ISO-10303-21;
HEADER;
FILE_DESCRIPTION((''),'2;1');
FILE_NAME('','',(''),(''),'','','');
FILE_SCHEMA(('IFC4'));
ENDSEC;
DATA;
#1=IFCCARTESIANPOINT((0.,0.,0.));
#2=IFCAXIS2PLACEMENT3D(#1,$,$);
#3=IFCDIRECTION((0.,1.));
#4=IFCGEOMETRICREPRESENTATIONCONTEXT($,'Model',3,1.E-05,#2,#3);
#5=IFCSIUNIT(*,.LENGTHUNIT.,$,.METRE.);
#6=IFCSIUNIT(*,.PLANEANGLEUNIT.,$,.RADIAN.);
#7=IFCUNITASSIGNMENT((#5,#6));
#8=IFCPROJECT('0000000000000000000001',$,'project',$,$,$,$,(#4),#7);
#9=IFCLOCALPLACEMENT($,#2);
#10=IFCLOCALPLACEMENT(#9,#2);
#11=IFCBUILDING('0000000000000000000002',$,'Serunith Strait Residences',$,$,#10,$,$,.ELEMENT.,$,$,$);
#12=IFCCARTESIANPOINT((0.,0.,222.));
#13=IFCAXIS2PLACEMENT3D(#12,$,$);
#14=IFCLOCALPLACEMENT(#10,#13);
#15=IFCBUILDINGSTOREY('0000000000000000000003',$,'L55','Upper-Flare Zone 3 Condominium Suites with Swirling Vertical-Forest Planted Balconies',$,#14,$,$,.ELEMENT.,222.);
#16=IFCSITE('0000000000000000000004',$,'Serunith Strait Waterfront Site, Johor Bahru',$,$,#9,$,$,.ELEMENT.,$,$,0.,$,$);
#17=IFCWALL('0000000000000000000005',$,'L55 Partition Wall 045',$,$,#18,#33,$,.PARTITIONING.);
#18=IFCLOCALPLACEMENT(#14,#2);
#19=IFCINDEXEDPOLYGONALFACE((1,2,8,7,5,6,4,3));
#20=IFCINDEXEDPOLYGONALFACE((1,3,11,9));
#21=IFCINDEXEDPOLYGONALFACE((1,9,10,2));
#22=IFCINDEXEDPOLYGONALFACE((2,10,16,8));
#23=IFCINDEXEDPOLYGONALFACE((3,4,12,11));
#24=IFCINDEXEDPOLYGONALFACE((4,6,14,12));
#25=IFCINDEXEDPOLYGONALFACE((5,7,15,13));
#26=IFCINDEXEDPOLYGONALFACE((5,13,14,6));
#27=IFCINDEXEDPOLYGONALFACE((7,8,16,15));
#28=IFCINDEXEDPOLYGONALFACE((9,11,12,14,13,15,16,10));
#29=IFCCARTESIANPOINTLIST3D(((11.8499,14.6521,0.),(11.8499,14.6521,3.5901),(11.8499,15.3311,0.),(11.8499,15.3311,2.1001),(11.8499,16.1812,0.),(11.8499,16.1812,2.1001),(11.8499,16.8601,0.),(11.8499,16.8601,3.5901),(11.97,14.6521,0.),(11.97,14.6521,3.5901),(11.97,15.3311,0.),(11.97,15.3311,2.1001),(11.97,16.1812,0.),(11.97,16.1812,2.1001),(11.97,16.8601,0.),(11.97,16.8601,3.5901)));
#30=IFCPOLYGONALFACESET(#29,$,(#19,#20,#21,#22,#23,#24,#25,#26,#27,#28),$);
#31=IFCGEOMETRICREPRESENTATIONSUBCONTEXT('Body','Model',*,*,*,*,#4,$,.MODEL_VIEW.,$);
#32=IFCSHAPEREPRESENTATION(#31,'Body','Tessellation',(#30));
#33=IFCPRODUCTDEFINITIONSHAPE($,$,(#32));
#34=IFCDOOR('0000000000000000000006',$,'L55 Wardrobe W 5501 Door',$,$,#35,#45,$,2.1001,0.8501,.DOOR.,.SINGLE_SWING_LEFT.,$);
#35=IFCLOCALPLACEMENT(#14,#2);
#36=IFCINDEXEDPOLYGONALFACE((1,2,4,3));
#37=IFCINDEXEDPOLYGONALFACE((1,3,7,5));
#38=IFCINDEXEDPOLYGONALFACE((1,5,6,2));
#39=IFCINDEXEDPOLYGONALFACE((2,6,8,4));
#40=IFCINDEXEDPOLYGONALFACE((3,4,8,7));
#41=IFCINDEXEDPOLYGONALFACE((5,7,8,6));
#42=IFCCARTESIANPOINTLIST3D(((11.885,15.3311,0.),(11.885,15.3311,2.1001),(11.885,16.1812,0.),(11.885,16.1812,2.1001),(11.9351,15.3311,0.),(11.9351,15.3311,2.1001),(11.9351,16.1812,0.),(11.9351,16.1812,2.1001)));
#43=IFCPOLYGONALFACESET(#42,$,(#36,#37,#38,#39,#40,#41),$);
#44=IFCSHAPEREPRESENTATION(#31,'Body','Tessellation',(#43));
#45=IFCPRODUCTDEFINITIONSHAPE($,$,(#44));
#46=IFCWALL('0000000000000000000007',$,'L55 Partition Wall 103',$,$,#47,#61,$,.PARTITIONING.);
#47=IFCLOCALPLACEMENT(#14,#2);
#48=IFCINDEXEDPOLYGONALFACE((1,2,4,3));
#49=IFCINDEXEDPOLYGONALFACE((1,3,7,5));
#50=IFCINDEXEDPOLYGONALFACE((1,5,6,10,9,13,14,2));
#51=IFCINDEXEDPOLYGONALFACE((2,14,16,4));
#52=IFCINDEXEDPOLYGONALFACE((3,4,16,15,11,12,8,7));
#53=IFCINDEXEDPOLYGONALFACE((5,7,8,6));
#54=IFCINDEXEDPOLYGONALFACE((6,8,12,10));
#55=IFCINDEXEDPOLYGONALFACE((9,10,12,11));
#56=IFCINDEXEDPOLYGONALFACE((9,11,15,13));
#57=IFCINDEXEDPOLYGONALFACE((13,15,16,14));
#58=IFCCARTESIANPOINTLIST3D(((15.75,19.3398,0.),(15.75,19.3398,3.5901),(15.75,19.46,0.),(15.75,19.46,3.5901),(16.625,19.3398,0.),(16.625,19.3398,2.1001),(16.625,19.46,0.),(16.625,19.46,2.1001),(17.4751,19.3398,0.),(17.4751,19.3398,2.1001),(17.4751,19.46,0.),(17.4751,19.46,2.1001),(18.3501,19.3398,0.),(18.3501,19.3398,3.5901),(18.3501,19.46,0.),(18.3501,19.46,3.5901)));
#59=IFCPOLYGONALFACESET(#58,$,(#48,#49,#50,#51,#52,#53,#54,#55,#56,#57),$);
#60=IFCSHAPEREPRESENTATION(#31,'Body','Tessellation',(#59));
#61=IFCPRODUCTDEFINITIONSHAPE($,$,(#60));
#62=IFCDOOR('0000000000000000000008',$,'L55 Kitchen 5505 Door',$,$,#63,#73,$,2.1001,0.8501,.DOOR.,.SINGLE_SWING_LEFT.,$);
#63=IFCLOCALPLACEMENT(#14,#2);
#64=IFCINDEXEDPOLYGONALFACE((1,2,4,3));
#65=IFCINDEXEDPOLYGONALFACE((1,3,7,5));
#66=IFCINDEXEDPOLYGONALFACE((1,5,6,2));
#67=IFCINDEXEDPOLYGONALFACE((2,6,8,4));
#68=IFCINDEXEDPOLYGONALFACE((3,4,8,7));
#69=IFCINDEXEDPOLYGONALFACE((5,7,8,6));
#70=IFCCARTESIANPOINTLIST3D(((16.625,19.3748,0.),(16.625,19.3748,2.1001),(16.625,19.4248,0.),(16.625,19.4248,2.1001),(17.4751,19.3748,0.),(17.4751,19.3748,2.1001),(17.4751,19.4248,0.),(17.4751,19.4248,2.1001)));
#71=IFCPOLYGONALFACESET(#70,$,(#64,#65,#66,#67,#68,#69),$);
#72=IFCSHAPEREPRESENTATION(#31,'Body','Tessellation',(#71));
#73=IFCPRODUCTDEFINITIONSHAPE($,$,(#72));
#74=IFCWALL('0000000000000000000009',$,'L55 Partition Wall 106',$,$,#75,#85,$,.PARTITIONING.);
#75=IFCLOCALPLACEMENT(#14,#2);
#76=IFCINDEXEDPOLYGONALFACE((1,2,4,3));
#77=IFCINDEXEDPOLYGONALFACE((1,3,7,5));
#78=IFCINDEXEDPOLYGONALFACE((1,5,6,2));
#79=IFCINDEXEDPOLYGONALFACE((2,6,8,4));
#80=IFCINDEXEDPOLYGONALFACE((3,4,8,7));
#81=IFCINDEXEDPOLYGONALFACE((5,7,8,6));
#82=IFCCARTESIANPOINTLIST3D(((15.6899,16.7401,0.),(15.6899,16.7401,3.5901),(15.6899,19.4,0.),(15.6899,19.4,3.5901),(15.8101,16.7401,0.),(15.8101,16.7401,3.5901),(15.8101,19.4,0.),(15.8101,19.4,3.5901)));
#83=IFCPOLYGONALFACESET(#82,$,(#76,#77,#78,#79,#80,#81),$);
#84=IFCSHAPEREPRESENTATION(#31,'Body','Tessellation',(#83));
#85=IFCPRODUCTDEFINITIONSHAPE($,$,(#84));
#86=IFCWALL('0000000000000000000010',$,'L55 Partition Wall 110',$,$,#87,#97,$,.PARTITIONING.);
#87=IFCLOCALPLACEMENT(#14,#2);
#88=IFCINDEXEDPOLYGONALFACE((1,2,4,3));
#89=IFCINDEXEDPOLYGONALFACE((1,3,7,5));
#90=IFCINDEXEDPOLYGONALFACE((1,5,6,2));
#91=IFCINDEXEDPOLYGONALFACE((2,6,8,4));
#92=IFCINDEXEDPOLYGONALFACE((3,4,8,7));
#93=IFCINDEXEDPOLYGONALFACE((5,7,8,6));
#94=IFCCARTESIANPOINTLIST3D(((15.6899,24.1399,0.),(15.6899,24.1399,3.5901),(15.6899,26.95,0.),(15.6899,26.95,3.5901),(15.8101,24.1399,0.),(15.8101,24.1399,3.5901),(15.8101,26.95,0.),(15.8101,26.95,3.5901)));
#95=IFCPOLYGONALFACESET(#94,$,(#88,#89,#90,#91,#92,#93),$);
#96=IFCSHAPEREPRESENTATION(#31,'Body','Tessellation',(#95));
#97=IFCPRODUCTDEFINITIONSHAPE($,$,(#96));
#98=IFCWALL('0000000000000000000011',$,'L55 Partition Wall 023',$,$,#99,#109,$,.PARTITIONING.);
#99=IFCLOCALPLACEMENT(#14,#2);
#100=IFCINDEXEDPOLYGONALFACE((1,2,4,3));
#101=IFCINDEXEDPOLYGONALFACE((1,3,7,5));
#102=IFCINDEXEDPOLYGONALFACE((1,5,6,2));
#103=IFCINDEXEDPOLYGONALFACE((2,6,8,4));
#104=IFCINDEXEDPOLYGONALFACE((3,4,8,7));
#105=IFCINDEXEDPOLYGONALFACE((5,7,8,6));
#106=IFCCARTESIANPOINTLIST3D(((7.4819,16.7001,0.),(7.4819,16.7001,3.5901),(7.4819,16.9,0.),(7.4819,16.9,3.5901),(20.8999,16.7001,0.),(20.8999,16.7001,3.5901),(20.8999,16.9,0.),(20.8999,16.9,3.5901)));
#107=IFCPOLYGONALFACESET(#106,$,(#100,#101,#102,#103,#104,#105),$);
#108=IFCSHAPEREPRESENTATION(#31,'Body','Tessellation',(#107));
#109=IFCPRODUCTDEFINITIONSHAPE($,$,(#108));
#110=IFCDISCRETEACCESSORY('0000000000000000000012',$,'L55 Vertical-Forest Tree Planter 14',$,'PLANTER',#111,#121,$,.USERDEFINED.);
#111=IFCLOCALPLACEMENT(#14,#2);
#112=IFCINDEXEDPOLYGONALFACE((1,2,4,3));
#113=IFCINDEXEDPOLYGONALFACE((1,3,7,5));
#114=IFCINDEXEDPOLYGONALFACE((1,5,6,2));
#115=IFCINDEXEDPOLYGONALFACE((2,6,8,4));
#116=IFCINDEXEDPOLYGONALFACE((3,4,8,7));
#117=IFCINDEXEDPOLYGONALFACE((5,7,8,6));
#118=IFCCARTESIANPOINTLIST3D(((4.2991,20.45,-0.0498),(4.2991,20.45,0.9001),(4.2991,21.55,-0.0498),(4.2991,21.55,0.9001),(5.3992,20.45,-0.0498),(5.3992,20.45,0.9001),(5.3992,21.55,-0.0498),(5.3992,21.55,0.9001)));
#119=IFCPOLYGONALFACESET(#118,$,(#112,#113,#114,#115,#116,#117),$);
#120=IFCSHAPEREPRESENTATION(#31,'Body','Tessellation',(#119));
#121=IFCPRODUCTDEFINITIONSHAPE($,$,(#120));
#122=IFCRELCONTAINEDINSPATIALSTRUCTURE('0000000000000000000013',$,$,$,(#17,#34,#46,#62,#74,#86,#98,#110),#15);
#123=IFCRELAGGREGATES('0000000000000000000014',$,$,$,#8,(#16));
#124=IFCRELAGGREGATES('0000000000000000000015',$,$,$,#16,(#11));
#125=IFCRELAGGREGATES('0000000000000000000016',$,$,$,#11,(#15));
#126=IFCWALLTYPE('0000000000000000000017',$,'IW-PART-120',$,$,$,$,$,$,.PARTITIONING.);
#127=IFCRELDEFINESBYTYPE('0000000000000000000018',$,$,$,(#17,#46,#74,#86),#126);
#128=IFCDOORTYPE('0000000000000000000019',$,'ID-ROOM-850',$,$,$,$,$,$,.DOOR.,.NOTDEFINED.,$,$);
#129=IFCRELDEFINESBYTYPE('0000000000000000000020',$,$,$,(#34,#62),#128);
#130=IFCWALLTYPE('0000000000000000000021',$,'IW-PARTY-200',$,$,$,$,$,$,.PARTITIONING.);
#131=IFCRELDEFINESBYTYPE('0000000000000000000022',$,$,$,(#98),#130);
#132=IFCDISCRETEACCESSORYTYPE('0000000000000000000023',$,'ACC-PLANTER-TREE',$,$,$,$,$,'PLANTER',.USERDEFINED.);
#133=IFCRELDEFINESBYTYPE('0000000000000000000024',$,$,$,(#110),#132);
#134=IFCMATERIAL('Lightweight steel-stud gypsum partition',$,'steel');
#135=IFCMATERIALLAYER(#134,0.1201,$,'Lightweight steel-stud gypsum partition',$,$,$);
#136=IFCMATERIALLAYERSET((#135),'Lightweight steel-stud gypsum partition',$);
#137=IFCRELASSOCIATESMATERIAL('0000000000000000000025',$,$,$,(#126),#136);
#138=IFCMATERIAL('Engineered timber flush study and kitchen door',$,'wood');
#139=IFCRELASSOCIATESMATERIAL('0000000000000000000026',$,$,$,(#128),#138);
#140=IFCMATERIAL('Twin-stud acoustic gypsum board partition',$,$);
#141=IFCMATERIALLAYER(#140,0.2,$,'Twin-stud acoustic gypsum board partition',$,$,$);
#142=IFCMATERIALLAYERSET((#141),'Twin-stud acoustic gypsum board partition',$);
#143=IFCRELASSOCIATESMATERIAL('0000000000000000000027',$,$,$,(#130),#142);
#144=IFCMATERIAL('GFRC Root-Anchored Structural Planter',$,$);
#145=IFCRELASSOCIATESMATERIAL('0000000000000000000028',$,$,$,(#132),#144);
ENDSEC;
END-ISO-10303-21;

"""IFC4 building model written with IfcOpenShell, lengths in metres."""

from ifc_helpers import new_model, si_unit, direction, frame, frame_2d, origin, origin_2d, place, context, subcontext, project, spatial, rectangle, extrude, source, transform, mapped, material, layer, layer_set, type_object, element, fill, save


model = new_model("IFC4")

# Units and contexts
model_context = context("Model", 3, precision=1e-05, world=origin(), true_north=direction((0.0, 1.0)))
body_context = subcontext(model_context, "Body", "Model", "MODEL_VIEW")
ifc_project = project(units=[si_unit("LENGTHUNIT", "METRE"), si_unit("PLANEANGLEUNIT", "RADIAN")], contexts=[model_context])

# Site, building, storey
site_placement = place(None, origin())
site = spatial("IfcSite", under=ifc_project, at=site_placement, Name="Serunith Strait Waterfront Site, Johor Bahru", CompositionType="ELEMENT", RefElevation=0.0)
building_placement = place(site_placement, origin())
building = spatial("IfcBuilding", under=site, at=building_placement, Name="Serunith Strait Residences", CompositionType="ELEMENT")
storey_placement = place(building_placement, frame((0.0, 0.0, 222.0)))
storey = spatial("IfcBuildingStorey", under=building, at=storey_placement, Name="L55", Description="Upper-Flare Zone 3 Condominium Suites with Swirling Vertical-Forest Planted Balconies", CompositionType="ELEMENT", Elevation=222.0)

# Shared definitions
ifc_material_1 = material(Name="Lightweight steel-stud gypsum partition", Category="steel")
ifc_layer_1 = layer(ifc_material_1, 0.1201, Name="Lightweight steel-stud gypsum partition")
ifc_layer_set_1 = layer_set([ifc_layer_1], Name="Lightweight steel-stud gypsum partition")
wall_type_1 = type_object("IfcWallType", Name="IW-PART-120", PredefinedType="PARTITIONING", material=ifc_layer_set_1)
shared_shape_1 = source(origin(), body_context, "Body", "SweptSolid", [
    extrude(rectangle(XDim=0.8501, YDim=2.1001, at=frame_2d((0.425, 1.05))), frame((0.0, 0.0249, 0.0), z_axis=(0.0, -1.0, 0.0), x_axis=(1.0, 0.0, 0.0)), (0.0, 0.0, 1.0), 0.05),
])

# Walls, openings, doors
wall_1_placement = place(storey_placement, frame((11.9099, 14.6521, 0.0), z_axis=(0.0, 0.0, 1.0), x_axis=(0.0, 1.0, 0.0)))
wall_1 = element("IfcWall", 1, at=wall_1_placement, inside=storey, type_object=wall_type_1, Name="L55 Partition Wall 045", PredefinedType="PARTITIONING", context=body_context, shape_type="SweptSolid", body=[
    extrude(rectangle(XDim=2.208, YDim=0.1201, at=frame_2d((1.104, 0.0))), origin(), (0.0, 0.0, 1.0), 3.5901),
])
opening_1_placement = place(wall_1_placement, frame((0.679, 0.0, 0.0)))
opening_1 = element("IfcOpeningElement", 2, at=opening_1_placement, cuts=wall_1, PredefinedType="OPENING", context=body_context, shape_type="SweptSolid", body=[
    extrude(rectangle(XDim=0.8501, YDim=2.1001, at=frame_2d((0.425, 1.05))), frame((0.0, 0.0701, 0.0), z_axis=(0.0, -1.0, 0.0), x_axis=(1.0, 0.0, 0.0)), (0.0, 0.0, 1.0), 0.1401),
])
ifc_material_2 = material(Name="Engineered timber flush study and kitchen door", Category="wood")
door_type_1 = type_object("IfcDoorType", Name="ID-ROOM-850", OperationType="NOTDEFINED", PredefinedType="DOOR", material=ifc_material_2)
door_1_placement = place(opening_1_placement, origin())
door_1 = element("IfcDoor", 3, at=door_1_placement, inside=storey, type_object=door_type_1, Name="L55 Wardrobe W 5501 Door", OperationType="SINGLE_SWING_LEFT", OverallHeight=2.1001, OverallWidth=0.8501, PredefinedType="DOOR", context=body_context, shape_type="MappedRepresentation", body=[
    mapped(shared_shape_1, transform((0.0, 0.0, 0.0), scale=1.0)),
])
fill(opening_1, door_1)
wall_2_placement = place(storey_placement, frame((15.75, 19.3999, 0.0), z_axis=(0.0, 0.0, 1.0), x_axis=(1.0, 0.0, 0.0)))
wall_2 = element("IfcWall", 4, at=wall_2_placement, inside=storey, type_object=wall_type_1, Name="L55 Partition Wall 103", PredefinedType="PARTITIONING", context=body_context, shape_type="SweptSolid", body=[
    extrude(rectangle(XDim=2.6001, YDim=0.1201, at=frame_2d((1.3, 0.0))), origin(), (0.0, 0.0, 1.0), 3.5901),
])
opening_2_placement = place(wall_2_placement, frame((0.875, 0.0, 0.0)))
opening_2 = element("IfcOpeningElement", 5, at=opening_2_placement, cuts=wall_2, PredefinedType="OPENING", context=body_context, shape_type="SweptSolid", body=[
    extrude(rectangle(XDim=0.8501, YDim=2.1001, at=frame_2d((0.425, 1.05))), frame((0.0, 0.0701, 0.0), z_axis=(0.0, -1.0, 0.0), x_axis=(1.0, 0.0, 0.0)), (0.0, 0.0, 1.0), 0.1401),
])
door_2_placement = place(opening_2_placement, origin())
door_2 = element("IfcDoor", 6, at=door_2_placement, inside=storey, type_object=door_type_1, Name="L55 Kitchen 5505 Door", OperationType="SINGLE_SWING_LEFT", OverallHeight=2.1001, OverallWidth=0.8501, PredefinedType="DOOR", context=body_context, shape_type="MappedRepresentation", body=[
    mapped(shared_shape_1, transform((0.0, 0.0, 0.0), scale=1.0)),
])
fill(opening_2, door_2)

# Walls
wall_3_placement = place(storey_placement, frame((15.75, 16.74, 0.0), z_axis=(0.0, 0.0, 1.0), x_axis=(0.0, 1.0, 0.0)))
element("IfcWall", 7, at=wall_3_placement, inside=storey, type_object=wall_type_1, Name="L55 Partition Wall 106", PredefinedType="PARTITIONING", context=body_context, shape_type="SweptSolid", body=[
    extrude(rectangle(XDim=2.6599, YDim=0.1201, at=frame_2d((1.3301, 0.0))), origin(), (0.0, 0.0, 1.0), 3.5901),
])
wall_4_placement = place(storey_placement, frame((15.75, 24.1399, 0.0), z_axis=(0.0, 0.0, 1.0), x_axis=(0.0, 1.0, 0.0)))
element("IfcWall", 8, at=wall_4_placement, inside=storey, type_object=wall_type_1, Name="L55 Partition Wall 110", PredefinedType="PARTITIONING", context=body_context, shape_type="SweptSolid", body=[
    extrude(rectangle(XDim=2.8101, YDim=0.1201, at=frame_2d((1.405, 0.0))), origin(), (0.0, 0.0, 1.0), 3.5901),
])
ifc_material_3 = material(Name="Twin-stud acoustic gypsum board partition")
ifc_layer_2 = layer(ifc_material_3, 0.2, Name="Twin-stud acoustic gypsum board partition")
ifc_layer_set_2 = layer_set([ifc_layer_2], Name="Twin-stud acoustic gypsum board partition")
wall_type_2 = type_object("IfcWallType", Name="IW-PARTY-200", PredefinedType="PARTITIONING", material=ifc_layer_set_2)
wall_5_placement = place(storey_placement, frame((7.4819, 16.8, 0.0), z_axis=(0.0, 0.0, 1.0), x_axis=(1.0, 0.0, 0.0)))
element("IfcWall", 9, at=wall_5_placement, inside=storey, type_object=wall_type_2, Name="L55 Partition Wall 023", PredefinedType="PARTITIONING", context=body_context, shape_type="SweptSolid", body=[
    extrude(rectangle(XDim=13.418, YDim=0.2, at=frame_2d((6.709, 0.0))), origin(), (0.0, 0.0, 1.0), 3.5901),
])

# Discrete accessory
ifc_material_4 = material(Name="GFRC Root-Anchored Structural Planter")
discrete_accessory_type = type_object("IfcDiscreteAccessoryType", Name="ACC-PLANTER-TREE", ElementType="PLANTER", PredefinedType="USERDEFINED", material=ifc_material_4)
shared_shape_2 = source(origin(), body_context, "Body", "SweptSolid", [
    extrude(rectangle(XDim=1.1001, YDim=1.1001, at=origin_2d()), origin(), (0.0, 0.0, 1.0), 0.95),
])
discrete_accessory_placement = place(storey_placement, frame((4.8491, 21.0, -0.0498), z_axis=(0.0, 0.0, 1.0), x_axis=(0.0, -1.0, 0.0)))
element("IfcDiscreteAccessory", 10, at=discrete_accessory_placement, inside=storey, type_object=discrete_accessory_type, Name="L55 Vertical-Forest Tree Planter 14", ObjectType="PLANTER", PredefinedType="USERDEFINED", context=body_context, shape_type="MappedRepresentation", body=[
    mapped(shared_shape_2, transform((0.0, 0.0, 0.0), scale=1.0)),
])

save(model, "model.ifc")
